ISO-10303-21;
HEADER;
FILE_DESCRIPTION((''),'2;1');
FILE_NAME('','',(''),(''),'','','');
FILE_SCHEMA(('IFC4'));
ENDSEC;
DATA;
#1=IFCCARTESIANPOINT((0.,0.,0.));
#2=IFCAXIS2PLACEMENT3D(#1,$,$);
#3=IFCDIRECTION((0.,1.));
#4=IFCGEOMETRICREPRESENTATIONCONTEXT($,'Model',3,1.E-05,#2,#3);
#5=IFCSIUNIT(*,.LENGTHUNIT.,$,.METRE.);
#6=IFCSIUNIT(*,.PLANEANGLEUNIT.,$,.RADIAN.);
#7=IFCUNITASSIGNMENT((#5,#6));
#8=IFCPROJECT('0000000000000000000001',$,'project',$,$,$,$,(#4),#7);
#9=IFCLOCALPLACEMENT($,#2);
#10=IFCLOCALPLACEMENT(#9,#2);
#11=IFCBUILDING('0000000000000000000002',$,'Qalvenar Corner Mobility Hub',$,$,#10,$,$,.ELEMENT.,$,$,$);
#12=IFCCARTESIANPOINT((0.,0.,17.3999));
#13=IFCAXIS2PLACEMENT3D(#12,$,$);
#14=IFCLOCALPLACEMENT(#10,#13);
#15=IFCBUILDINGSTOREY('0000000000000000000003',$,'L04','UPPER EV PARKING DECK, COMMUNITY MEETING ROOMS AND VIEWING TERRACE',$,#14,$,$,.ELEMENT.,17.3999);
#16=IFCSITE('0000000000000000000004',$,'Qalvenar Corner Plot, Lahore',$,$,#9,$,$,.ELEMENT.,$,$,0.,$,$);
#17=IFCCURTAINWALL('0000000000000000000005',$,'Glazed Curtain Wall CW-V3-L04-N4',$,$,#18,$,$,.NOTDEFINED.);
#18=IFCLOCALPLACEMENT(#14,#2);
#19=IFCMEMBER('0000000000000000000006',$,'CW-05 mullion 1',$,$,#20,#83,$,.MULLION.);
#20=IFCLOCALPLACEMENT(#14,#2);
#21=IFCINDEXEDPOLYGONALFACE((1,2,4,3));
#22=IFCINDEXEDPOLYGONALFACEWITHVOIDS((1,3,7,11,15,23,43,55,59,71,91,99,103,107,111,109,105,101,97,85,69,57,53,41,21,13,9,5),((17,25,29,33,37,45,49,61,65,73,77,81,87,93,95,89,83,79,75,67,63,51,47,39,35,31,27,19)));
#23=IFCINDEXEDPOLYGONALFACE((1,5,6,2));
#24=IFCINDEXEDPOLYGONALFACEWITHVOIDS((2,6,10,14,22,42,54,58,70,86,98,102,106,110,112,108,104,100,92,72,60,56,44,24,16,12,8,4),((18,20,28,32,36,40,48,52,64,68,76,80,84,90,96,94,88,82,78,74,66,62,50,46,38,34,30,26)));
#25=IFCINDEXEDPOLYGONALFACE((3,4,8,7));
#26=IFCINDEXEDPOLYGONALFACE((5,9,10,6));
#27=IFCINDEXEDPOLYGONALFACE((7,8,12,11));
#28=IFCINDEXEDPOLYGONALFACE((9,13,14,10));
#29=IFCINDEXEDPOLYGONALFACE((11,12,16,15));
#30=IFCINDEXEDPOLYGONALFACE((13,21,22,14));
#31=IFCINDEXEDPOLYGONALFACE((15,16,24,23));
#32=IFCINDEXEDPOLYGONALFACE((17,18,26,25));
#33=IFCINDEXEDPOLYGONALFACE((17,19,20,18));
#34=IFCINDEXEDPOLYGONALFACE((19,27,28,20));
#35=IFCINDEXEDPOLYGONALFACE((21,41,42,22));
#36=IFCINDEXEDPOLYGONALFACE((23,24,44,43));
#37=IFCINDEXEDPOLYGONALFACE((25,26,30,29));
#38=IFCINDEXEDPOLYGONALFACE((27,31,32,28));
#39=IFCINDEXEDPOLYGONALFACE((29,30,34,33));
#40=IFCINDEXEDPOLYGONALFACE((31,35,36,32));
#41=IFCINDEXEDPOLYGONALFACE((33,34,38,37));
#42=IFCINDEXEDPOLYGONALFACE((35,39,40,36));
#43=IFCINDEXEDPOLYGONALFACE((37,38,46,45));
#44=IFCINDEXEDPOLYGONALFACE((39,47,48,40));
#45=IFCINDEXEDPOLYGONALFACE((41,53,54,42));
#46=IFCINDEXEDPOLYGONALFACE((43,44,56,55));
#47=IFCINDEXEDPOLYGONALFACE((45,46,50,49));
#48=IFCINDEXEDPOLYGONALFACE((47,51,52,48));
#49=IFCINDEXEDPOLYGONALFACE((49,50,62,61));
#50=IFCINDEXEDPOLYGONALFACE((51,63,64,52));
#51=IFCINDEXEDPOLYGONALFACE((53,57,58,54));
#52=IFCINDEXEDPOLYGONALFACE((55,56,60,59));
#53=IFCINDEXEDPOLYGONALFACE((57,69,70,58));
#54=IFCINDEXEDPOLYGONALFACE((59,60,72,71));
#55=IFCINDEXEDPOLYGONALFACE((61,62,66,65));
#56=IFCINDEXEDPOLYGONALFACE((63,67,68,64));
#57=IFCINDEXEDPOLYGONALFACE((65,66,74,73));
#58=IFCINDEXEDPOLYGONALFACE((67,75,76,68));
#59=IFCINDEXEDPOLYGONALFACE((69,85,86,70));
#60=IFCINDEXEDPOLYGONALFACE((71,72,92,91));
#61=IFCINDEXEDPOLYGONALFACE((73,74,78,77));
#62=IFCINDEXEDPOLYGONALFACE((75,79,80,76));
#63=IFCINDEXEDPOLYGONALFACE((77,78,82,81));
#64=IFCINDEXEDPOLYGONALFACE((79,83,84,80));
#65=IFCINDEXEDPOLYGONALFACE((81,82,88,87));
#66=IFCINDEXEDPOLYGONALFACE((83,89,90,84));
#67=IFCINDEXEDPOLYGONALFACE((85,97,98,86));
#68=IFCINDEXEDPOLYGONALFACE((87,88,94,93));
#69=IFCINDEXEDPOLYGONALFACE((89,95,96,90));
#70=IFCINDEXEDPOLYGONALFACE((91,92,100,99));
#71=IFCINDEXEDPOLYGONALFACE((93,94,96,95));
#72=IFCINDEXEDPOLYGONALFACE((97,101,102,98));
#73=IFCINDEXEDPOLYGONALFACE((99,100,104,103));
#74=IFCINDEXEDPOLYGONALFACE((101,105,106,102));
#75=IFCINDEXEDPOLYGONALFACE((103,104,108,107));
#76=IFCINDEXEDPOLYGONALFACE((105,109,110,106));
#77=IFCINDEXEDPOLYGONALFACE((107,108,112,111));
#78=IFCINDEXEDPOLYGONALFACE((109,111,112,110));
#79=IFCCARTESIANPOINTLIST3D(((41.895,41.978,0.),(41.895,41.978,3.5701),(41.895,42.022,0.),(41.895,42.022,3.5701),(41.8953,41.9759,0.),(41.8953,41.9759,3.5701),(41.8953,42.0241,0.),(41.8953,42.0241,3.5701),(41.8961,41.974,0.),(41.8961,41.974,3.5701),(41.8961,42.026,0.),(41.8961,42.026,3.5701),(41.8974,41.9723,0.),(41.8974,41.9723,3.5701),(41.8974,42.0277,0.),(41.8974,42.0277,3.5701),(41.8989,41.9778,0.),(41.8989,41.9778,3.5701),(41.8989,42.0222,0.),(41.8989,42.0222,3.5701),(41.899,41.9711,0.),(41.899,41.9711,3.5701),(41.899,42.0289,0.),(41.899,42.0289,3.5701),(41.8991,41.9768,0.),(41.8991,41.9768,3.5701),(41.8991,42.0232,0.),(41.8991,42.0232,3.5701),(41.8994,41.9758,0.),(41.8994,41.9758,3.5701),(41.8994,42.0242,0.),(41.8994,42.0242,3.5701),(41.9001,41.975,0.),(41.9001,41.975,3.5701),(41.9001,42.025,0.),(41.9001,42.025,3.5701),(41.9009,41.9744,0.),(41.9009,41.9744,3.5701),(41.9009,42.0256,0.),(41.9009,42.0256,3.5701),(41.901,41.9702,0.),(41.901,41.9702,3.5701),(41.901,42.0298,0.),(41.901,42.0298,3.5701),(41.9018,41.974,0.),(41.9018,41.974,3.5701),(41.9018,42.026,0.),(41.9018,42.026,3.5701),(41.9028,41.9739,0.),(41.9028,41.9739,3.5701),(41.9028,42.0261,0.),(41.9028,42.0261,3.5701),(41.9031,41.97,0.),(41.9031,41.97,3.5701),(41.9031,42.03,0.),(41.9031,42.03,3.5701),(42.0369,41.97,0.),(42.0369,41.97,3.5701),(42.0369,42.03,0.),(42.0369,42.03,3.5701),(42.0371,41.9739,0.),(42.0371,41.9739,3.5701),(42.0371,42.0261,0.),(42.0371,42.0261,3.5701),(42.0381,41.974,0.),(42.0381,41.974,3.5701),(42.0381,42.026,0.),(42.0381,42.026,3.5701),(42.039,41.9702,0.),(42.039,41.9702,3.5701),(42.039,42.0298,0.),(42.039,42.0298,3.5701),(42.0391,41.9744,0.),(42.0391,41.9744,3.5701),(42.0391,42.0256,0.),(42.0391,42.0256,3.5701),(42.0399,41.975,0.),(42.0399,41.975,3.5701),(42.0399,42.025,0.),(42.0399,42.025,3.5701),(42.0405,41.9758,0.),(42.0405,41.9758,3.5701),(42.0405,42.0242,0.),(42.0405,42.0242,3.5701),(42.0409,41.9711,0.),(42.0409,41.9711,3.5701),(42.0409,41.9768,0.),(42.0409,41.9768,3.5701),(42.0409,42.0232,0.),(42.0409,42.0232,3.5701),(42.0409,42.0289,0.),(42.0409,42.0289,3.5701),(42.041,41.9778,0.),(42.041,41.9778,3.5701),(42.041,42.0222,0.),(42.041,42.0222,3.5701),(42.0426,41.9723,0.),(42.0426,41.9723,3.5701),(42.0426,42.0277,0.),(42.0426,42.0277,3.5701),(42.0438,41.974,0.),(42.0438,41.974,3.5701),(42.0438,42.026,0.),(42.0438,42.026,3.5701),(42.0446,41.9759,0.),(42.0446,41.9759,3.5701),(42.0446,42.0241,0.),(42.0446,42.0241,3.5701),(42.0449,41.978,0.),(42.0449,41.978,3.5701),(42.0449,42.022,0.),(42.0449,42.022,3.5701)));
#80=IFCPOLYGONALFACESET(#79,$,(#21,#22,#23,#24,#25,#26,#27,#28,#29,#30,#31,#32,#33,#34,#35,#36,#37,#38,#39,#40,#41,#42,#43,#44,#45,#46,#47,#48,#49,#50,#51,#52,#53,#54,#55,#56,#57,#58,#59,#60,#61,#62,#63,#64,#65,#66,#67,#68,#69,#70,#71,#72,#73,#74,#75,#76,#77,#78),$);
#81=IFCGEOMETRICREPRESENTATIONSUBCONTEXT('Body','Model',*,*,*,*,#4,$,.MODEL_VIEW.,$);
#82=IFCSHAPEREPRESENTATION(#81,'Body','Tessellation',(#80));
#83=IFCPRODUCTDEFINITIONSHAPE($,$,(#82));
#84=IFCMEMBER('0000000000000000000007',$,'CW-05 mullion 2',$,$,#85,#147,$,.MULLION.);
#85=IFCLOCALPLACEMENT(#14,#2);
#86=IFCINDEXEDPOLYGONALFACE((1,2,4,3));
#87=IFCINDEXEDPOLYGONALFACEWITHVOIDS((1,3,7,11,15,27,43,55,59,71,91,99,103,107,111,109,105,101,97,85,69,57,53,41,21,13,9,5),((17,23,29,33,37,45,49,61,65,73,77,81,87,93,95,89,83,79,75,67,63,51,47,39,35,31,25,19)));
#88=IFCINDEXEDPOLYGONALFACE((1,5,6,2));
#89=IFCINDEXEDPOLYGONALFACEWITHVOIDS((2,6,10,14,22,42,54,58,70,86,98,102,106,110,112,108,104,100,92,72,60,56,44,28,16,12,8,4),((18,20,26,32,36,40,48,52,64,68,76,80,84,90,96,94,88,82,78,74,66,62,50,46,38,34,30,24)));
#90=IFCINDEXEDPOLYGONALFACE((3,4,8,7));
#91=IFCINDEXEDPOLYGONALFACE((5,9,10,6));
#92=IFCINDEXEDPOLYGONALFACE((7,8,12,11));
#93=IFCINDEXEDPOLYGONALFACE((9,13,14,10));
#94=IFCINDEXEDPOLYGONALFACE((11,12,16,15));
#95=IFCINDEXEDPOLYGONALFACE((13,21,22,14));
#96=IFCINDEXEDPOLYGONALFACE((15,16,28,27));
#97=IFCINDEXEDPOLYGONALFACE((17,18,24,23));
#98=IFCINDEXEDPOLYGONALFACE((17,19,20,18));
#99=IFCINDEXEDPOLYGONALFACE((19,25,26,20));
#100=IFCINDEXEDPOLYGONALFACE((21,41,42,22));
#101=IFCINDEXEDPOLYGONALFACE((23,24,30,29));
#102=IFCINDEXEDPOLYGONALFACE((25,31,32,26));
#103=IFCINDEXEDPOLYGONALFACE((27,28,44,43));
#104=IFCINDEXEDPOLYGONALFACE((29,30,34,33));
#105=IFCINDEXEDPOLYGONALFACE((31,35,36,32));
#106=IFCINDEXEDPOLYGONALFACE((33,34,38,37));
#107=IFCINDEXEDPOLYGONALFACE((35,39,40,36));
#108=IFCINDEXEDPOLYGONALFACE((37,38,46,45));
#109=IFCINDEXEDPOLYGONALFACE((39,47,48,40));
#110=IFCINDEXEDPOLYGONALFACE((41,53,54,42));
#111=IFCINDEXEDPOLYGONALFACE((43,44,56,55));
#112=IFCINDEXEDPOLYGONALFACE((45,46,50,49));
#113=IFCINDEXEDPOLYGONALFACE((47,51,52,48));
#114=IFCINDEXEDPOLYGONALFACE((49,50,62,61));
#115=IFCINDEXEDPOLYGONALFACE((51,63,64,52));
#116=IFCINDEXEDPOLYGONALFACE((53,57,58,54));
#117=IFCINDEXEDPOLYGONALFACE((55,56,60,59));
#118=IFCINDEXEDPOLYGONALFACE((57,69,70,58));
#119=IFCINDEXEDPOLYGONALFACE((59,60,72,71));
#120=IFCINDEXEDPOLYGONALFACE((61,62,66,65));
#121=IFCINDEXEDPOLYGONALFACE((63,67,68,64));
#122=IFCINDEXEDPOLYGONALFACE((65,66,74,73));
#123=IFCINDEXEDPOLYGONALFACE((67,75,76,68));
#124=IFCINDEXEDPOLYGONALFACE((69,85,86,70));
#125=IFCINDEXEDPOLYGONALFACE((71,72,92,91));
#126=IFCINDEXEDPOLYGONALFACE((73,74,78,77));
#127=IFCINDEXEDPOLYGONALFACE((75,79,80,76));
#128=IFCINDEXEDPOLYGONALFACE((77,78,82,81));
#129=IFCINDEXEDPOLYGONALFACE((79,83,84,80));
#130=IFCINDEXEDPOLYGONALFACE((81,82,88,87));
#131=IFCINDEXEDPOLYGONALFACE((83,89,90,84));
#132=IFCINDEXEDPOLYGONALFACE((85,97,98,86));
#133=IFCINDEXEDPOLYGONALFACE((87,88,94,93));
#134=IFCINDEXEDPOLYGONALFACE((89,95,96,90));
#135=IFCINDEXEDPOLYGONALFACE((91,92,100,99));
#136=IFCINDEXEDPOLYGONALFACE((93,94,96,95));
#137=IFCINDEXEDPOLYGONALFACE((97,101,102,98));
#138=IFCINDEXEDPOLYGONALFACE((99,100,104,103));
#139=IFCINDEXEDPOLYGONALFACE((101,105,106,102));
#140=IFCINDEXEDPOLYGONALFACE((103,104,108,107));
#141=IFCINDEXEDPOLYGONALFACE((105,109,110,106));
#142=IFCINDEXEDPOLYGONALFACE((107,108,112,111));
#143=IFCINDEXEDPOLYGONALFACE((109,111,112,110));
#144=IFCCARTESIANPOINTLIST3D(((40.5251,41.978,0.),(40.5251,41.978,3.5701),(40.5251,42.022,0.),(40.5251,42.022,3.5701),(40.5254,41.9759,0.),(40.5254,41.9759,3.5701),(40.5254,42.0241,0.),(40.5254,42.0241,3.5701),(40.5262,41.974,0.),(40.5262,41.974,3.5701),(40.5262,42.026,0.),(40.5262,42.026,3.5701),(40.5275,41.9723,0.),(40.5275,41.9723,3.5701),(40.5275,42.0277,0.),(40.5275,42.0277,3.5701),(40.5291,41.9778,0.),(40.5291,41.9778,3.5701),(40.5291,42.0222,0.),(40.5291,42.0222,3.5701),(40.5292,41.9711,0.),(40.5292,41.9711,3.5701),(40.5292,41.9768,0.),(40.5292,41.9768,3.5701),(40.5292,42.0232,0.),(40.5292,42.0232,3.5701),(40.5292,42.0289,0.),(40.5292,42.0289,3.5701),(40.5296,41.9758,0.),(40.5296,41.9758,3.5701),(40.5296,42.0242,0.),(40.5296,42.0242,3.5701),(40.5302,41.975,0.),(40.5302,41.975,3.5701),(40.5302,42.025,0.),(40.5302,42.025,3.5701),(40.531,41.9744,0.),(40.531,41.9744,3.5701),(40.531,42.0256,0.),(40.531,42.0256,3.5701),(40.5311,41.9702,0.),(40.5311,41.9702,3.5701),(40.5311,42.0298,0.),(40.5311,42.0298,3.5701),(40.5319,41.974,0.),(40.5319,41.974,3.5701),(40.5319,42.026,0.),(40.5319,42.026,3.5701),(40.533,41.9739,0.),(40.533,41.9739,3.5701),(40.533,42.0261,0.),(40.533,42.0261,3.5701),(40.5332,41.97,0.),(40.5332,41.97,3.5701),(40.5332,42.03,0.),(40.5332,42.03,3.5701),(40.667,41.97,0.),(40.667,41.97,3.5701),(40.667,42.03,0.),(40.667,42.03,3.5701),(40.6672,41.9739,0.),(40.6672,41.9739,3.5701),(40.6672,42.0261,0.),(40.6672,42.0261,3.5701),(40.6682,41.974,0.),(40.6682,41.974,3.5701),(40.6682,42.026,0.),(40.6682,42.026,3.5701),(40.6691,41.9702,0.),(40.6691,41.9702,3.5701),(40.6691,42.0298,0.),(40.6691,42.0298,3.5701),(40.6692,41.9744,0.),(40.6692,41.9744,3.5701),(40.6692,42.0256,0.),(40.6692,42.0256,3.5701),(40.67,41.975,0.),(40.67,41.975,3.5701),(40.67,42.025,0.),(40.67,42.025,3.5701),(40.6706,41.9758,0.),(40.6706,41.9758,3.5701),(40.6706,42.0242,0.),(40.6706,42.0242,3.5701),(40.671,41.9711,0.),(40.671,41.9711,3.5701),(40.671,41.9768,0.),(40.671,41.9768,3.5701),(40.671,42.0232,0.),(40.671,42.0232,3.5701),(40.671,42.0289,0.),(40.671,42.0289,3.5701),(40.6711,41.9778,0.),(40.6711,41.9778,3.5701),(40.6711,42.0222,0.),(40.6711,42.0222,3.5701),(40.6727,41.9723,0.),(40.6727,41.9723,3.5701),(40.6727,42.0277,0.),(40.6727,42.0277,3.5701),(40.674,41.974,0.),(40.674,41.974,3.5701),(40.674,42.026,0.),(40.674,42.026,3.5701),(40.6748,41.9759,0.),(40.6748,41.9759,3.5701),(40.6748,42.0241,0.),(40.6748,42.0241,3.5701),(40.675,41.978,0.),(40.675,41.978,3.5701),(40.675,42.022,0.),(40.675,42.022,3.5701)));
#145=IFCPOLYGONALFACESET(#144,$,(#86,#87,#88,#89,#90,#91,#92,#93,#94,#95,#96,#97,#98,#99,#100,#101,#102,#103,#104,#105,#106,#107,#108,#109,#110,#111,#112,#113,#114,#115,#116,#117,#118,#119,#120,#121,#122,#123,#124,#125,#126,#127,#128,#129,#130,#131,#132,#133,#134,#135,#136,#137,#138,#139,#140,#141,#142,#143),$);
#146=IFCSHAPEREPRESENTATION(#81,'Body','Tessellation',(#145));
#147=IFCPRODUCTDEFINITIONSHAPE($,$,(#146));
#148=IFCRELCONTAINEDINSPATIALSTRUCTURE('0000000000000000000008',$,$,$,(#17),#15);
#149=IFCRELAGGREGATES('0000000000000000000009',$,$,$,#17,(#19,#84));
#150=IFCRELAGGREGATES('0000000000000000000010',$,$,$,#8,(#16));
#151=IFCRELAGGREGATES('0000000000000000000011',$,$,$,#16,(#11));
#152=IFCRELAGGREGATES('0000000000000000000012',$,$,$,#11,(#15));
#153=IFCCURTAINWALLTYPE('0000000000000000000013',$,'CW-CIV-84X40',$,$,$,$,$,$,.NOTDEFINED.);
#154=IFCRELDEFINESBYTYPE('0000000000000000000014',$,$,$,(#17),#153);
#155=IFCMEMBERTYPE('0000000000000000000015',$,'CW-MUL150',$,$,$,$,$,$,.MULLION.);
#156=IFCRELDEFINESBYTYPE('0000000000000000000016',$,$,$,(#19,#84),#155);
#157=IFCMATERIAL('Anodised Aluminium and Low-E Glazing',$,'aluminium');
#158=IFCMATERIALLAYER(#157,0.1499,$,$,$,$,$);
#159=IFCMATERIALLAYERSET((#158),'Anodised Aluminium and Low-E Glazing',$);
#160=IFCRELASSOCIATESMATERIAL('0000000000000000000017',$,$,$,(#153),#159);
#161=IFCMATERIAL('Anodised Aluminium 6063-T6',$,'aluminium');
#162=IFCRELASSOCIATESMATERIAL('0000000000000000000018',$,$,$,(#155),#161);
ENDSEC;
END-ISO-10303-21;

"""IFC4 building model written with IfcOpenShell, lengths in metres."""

from ifc_helpers import new_model, si_unit, direction, frame, origin, origin_2d, place, context, subcontext, project, spatial, hollow_rectangle, extrude, material, layer, layer_set, material_profile, profile_set, type_object, element, aggregate, save


model = new_model("IFC4")

# Units and contexts
model_context = context("Model", 3, precision=1e-05, world=origin(), true_north=direction((0.0, 1.0)))
body_context = subcontext(model_context, "Body", "Model", "MODEL_VIEW")
ifc_project = project(units=[si_unit("LENGTHUNIT", "METRE"), si_unit("PLANEANGLEUNIT", "RADIAN")], contexts=[model_context])

# Site, building, storey
site_placement = place(None, origin())
site = spatial("IfcSite", under=ifc_project, at=site_placement, Name="Qalvenar Corner Plot, Lahore", CompositionType="ELEMENT", RefElevation=0.0)
building_placement = place(site_placement, origin())
building = spatial("IfcBuilding", under=site, at=building_placement, Name="Qalvenar Corner Mobility Hub", CompositionType="ELEMENT")
storey_placement = place(building_placement, frame((0.0, 0.0, 17.3999)))
storey = spatial("IfcBuildingStorey", under=building, at=storey_placement, Name="L04", Description="UPPER EV PARKING DECK, COMMUNITY MEETING ROOMS AND VIEWING TERRACE", CompositionType="ELEMENT", Elevation=17.3999)

# Curtain wall, members
ifc_material_1 = material(Name="Anodised Aluminium and Low-E Glazing", Category="aluminium")
ifc_layer_1 = layer(ifc_material_1, 0.1499)
ifc_layer_set_1 = layer_set([ifc_layer_1], Name="Anodised Aluminium and Low-E Glazing")
curtain_wall_type = type_object("IfcCurtainWallType", Name="CW-CIV-84X40", PredefinedType="NOTDEFINED", material=ifc_layer_set_1)
curtain_wall_placement = place(storey_placement, origin())
curtain_wall = element("IfcCurtainWall", 1, at=curtain_wall_placement, inside=storey, type_object=curtain_wall_type, Name="Glazed Curtain Wall CW-V3-L04-N4", PredefinedType="NOTDEFINED")
ifc_material_2 = material(Name="Anodised Aluminium 6063-T6", Category="aluminium")
ifc_material_profile_1 = material_profile(ifc_material_2, hollow_rectangle(XDim=0.0601, YDim=0.1499, WallThickness=0.0039, InnerFilletRadius=0.0039, OuterFilletRadius=0.0081, at=origin_2d()), Name="RHS150x60x4")
ifc_profile_set_1 = profile_set([ifc_material_profile_1], Name="Anodised Aluminium 6063-T6")
member_type_1 = type_object("IfcMemberType", Name="CW-MUL150", PredefinedType="MULLION", material=ifc_profile_set_1)
member_1_placement = place(storey_placement, frame((41.97, 42.0, 0.0), z_axis=(0.0, 0.0, 1.0), x_axis=(0.0, -1.0, 0.0)))
member_1 = element("IfcMember", 2, at=member_1_placement, type_object=member_type_1, Name="CW-05 mullion 1", PredefinedType="MULLION", context=body_context, shape_type="SweptSolid", body=[
    extrude(hollow_rectangle(XDim=0.0601, YDim=0.1499, WallThickness=0.0039, InnerFilletRadius=0.0039, OuterFilletRadius=0.0081, at=origin_2d()), origin(), (0.0, 0.0, 1.0), 3.5701),
])
member_2_placement = place(storey_placement, frame((40.6001, 42.0, 0.0), z_axis=(0.0, 0.0, 1.0), x_axis=(0.0, -1.0, 0.0)))
member_2 = element("IfcMember", 3, at=member_2_placement, type_object=member_type_1, Name="CW-05 mullion 2", PredefinedType="MULLION", context=body_context, shape_type="SweptSolid", body=[
    extrude(hollow_rectangle(XDim=0.0601, YDim=0.1499, WallThickness=0.0039, InnerFilletRadius=0.0039, OuterFilletRadius=0.0081, at=origin_2d()), origin(), (0.0, 0.0, 1.0), 3.5701),
])
aggregate(curtain_wall, [member_1, member_2])

save(model, "model.ifc")
